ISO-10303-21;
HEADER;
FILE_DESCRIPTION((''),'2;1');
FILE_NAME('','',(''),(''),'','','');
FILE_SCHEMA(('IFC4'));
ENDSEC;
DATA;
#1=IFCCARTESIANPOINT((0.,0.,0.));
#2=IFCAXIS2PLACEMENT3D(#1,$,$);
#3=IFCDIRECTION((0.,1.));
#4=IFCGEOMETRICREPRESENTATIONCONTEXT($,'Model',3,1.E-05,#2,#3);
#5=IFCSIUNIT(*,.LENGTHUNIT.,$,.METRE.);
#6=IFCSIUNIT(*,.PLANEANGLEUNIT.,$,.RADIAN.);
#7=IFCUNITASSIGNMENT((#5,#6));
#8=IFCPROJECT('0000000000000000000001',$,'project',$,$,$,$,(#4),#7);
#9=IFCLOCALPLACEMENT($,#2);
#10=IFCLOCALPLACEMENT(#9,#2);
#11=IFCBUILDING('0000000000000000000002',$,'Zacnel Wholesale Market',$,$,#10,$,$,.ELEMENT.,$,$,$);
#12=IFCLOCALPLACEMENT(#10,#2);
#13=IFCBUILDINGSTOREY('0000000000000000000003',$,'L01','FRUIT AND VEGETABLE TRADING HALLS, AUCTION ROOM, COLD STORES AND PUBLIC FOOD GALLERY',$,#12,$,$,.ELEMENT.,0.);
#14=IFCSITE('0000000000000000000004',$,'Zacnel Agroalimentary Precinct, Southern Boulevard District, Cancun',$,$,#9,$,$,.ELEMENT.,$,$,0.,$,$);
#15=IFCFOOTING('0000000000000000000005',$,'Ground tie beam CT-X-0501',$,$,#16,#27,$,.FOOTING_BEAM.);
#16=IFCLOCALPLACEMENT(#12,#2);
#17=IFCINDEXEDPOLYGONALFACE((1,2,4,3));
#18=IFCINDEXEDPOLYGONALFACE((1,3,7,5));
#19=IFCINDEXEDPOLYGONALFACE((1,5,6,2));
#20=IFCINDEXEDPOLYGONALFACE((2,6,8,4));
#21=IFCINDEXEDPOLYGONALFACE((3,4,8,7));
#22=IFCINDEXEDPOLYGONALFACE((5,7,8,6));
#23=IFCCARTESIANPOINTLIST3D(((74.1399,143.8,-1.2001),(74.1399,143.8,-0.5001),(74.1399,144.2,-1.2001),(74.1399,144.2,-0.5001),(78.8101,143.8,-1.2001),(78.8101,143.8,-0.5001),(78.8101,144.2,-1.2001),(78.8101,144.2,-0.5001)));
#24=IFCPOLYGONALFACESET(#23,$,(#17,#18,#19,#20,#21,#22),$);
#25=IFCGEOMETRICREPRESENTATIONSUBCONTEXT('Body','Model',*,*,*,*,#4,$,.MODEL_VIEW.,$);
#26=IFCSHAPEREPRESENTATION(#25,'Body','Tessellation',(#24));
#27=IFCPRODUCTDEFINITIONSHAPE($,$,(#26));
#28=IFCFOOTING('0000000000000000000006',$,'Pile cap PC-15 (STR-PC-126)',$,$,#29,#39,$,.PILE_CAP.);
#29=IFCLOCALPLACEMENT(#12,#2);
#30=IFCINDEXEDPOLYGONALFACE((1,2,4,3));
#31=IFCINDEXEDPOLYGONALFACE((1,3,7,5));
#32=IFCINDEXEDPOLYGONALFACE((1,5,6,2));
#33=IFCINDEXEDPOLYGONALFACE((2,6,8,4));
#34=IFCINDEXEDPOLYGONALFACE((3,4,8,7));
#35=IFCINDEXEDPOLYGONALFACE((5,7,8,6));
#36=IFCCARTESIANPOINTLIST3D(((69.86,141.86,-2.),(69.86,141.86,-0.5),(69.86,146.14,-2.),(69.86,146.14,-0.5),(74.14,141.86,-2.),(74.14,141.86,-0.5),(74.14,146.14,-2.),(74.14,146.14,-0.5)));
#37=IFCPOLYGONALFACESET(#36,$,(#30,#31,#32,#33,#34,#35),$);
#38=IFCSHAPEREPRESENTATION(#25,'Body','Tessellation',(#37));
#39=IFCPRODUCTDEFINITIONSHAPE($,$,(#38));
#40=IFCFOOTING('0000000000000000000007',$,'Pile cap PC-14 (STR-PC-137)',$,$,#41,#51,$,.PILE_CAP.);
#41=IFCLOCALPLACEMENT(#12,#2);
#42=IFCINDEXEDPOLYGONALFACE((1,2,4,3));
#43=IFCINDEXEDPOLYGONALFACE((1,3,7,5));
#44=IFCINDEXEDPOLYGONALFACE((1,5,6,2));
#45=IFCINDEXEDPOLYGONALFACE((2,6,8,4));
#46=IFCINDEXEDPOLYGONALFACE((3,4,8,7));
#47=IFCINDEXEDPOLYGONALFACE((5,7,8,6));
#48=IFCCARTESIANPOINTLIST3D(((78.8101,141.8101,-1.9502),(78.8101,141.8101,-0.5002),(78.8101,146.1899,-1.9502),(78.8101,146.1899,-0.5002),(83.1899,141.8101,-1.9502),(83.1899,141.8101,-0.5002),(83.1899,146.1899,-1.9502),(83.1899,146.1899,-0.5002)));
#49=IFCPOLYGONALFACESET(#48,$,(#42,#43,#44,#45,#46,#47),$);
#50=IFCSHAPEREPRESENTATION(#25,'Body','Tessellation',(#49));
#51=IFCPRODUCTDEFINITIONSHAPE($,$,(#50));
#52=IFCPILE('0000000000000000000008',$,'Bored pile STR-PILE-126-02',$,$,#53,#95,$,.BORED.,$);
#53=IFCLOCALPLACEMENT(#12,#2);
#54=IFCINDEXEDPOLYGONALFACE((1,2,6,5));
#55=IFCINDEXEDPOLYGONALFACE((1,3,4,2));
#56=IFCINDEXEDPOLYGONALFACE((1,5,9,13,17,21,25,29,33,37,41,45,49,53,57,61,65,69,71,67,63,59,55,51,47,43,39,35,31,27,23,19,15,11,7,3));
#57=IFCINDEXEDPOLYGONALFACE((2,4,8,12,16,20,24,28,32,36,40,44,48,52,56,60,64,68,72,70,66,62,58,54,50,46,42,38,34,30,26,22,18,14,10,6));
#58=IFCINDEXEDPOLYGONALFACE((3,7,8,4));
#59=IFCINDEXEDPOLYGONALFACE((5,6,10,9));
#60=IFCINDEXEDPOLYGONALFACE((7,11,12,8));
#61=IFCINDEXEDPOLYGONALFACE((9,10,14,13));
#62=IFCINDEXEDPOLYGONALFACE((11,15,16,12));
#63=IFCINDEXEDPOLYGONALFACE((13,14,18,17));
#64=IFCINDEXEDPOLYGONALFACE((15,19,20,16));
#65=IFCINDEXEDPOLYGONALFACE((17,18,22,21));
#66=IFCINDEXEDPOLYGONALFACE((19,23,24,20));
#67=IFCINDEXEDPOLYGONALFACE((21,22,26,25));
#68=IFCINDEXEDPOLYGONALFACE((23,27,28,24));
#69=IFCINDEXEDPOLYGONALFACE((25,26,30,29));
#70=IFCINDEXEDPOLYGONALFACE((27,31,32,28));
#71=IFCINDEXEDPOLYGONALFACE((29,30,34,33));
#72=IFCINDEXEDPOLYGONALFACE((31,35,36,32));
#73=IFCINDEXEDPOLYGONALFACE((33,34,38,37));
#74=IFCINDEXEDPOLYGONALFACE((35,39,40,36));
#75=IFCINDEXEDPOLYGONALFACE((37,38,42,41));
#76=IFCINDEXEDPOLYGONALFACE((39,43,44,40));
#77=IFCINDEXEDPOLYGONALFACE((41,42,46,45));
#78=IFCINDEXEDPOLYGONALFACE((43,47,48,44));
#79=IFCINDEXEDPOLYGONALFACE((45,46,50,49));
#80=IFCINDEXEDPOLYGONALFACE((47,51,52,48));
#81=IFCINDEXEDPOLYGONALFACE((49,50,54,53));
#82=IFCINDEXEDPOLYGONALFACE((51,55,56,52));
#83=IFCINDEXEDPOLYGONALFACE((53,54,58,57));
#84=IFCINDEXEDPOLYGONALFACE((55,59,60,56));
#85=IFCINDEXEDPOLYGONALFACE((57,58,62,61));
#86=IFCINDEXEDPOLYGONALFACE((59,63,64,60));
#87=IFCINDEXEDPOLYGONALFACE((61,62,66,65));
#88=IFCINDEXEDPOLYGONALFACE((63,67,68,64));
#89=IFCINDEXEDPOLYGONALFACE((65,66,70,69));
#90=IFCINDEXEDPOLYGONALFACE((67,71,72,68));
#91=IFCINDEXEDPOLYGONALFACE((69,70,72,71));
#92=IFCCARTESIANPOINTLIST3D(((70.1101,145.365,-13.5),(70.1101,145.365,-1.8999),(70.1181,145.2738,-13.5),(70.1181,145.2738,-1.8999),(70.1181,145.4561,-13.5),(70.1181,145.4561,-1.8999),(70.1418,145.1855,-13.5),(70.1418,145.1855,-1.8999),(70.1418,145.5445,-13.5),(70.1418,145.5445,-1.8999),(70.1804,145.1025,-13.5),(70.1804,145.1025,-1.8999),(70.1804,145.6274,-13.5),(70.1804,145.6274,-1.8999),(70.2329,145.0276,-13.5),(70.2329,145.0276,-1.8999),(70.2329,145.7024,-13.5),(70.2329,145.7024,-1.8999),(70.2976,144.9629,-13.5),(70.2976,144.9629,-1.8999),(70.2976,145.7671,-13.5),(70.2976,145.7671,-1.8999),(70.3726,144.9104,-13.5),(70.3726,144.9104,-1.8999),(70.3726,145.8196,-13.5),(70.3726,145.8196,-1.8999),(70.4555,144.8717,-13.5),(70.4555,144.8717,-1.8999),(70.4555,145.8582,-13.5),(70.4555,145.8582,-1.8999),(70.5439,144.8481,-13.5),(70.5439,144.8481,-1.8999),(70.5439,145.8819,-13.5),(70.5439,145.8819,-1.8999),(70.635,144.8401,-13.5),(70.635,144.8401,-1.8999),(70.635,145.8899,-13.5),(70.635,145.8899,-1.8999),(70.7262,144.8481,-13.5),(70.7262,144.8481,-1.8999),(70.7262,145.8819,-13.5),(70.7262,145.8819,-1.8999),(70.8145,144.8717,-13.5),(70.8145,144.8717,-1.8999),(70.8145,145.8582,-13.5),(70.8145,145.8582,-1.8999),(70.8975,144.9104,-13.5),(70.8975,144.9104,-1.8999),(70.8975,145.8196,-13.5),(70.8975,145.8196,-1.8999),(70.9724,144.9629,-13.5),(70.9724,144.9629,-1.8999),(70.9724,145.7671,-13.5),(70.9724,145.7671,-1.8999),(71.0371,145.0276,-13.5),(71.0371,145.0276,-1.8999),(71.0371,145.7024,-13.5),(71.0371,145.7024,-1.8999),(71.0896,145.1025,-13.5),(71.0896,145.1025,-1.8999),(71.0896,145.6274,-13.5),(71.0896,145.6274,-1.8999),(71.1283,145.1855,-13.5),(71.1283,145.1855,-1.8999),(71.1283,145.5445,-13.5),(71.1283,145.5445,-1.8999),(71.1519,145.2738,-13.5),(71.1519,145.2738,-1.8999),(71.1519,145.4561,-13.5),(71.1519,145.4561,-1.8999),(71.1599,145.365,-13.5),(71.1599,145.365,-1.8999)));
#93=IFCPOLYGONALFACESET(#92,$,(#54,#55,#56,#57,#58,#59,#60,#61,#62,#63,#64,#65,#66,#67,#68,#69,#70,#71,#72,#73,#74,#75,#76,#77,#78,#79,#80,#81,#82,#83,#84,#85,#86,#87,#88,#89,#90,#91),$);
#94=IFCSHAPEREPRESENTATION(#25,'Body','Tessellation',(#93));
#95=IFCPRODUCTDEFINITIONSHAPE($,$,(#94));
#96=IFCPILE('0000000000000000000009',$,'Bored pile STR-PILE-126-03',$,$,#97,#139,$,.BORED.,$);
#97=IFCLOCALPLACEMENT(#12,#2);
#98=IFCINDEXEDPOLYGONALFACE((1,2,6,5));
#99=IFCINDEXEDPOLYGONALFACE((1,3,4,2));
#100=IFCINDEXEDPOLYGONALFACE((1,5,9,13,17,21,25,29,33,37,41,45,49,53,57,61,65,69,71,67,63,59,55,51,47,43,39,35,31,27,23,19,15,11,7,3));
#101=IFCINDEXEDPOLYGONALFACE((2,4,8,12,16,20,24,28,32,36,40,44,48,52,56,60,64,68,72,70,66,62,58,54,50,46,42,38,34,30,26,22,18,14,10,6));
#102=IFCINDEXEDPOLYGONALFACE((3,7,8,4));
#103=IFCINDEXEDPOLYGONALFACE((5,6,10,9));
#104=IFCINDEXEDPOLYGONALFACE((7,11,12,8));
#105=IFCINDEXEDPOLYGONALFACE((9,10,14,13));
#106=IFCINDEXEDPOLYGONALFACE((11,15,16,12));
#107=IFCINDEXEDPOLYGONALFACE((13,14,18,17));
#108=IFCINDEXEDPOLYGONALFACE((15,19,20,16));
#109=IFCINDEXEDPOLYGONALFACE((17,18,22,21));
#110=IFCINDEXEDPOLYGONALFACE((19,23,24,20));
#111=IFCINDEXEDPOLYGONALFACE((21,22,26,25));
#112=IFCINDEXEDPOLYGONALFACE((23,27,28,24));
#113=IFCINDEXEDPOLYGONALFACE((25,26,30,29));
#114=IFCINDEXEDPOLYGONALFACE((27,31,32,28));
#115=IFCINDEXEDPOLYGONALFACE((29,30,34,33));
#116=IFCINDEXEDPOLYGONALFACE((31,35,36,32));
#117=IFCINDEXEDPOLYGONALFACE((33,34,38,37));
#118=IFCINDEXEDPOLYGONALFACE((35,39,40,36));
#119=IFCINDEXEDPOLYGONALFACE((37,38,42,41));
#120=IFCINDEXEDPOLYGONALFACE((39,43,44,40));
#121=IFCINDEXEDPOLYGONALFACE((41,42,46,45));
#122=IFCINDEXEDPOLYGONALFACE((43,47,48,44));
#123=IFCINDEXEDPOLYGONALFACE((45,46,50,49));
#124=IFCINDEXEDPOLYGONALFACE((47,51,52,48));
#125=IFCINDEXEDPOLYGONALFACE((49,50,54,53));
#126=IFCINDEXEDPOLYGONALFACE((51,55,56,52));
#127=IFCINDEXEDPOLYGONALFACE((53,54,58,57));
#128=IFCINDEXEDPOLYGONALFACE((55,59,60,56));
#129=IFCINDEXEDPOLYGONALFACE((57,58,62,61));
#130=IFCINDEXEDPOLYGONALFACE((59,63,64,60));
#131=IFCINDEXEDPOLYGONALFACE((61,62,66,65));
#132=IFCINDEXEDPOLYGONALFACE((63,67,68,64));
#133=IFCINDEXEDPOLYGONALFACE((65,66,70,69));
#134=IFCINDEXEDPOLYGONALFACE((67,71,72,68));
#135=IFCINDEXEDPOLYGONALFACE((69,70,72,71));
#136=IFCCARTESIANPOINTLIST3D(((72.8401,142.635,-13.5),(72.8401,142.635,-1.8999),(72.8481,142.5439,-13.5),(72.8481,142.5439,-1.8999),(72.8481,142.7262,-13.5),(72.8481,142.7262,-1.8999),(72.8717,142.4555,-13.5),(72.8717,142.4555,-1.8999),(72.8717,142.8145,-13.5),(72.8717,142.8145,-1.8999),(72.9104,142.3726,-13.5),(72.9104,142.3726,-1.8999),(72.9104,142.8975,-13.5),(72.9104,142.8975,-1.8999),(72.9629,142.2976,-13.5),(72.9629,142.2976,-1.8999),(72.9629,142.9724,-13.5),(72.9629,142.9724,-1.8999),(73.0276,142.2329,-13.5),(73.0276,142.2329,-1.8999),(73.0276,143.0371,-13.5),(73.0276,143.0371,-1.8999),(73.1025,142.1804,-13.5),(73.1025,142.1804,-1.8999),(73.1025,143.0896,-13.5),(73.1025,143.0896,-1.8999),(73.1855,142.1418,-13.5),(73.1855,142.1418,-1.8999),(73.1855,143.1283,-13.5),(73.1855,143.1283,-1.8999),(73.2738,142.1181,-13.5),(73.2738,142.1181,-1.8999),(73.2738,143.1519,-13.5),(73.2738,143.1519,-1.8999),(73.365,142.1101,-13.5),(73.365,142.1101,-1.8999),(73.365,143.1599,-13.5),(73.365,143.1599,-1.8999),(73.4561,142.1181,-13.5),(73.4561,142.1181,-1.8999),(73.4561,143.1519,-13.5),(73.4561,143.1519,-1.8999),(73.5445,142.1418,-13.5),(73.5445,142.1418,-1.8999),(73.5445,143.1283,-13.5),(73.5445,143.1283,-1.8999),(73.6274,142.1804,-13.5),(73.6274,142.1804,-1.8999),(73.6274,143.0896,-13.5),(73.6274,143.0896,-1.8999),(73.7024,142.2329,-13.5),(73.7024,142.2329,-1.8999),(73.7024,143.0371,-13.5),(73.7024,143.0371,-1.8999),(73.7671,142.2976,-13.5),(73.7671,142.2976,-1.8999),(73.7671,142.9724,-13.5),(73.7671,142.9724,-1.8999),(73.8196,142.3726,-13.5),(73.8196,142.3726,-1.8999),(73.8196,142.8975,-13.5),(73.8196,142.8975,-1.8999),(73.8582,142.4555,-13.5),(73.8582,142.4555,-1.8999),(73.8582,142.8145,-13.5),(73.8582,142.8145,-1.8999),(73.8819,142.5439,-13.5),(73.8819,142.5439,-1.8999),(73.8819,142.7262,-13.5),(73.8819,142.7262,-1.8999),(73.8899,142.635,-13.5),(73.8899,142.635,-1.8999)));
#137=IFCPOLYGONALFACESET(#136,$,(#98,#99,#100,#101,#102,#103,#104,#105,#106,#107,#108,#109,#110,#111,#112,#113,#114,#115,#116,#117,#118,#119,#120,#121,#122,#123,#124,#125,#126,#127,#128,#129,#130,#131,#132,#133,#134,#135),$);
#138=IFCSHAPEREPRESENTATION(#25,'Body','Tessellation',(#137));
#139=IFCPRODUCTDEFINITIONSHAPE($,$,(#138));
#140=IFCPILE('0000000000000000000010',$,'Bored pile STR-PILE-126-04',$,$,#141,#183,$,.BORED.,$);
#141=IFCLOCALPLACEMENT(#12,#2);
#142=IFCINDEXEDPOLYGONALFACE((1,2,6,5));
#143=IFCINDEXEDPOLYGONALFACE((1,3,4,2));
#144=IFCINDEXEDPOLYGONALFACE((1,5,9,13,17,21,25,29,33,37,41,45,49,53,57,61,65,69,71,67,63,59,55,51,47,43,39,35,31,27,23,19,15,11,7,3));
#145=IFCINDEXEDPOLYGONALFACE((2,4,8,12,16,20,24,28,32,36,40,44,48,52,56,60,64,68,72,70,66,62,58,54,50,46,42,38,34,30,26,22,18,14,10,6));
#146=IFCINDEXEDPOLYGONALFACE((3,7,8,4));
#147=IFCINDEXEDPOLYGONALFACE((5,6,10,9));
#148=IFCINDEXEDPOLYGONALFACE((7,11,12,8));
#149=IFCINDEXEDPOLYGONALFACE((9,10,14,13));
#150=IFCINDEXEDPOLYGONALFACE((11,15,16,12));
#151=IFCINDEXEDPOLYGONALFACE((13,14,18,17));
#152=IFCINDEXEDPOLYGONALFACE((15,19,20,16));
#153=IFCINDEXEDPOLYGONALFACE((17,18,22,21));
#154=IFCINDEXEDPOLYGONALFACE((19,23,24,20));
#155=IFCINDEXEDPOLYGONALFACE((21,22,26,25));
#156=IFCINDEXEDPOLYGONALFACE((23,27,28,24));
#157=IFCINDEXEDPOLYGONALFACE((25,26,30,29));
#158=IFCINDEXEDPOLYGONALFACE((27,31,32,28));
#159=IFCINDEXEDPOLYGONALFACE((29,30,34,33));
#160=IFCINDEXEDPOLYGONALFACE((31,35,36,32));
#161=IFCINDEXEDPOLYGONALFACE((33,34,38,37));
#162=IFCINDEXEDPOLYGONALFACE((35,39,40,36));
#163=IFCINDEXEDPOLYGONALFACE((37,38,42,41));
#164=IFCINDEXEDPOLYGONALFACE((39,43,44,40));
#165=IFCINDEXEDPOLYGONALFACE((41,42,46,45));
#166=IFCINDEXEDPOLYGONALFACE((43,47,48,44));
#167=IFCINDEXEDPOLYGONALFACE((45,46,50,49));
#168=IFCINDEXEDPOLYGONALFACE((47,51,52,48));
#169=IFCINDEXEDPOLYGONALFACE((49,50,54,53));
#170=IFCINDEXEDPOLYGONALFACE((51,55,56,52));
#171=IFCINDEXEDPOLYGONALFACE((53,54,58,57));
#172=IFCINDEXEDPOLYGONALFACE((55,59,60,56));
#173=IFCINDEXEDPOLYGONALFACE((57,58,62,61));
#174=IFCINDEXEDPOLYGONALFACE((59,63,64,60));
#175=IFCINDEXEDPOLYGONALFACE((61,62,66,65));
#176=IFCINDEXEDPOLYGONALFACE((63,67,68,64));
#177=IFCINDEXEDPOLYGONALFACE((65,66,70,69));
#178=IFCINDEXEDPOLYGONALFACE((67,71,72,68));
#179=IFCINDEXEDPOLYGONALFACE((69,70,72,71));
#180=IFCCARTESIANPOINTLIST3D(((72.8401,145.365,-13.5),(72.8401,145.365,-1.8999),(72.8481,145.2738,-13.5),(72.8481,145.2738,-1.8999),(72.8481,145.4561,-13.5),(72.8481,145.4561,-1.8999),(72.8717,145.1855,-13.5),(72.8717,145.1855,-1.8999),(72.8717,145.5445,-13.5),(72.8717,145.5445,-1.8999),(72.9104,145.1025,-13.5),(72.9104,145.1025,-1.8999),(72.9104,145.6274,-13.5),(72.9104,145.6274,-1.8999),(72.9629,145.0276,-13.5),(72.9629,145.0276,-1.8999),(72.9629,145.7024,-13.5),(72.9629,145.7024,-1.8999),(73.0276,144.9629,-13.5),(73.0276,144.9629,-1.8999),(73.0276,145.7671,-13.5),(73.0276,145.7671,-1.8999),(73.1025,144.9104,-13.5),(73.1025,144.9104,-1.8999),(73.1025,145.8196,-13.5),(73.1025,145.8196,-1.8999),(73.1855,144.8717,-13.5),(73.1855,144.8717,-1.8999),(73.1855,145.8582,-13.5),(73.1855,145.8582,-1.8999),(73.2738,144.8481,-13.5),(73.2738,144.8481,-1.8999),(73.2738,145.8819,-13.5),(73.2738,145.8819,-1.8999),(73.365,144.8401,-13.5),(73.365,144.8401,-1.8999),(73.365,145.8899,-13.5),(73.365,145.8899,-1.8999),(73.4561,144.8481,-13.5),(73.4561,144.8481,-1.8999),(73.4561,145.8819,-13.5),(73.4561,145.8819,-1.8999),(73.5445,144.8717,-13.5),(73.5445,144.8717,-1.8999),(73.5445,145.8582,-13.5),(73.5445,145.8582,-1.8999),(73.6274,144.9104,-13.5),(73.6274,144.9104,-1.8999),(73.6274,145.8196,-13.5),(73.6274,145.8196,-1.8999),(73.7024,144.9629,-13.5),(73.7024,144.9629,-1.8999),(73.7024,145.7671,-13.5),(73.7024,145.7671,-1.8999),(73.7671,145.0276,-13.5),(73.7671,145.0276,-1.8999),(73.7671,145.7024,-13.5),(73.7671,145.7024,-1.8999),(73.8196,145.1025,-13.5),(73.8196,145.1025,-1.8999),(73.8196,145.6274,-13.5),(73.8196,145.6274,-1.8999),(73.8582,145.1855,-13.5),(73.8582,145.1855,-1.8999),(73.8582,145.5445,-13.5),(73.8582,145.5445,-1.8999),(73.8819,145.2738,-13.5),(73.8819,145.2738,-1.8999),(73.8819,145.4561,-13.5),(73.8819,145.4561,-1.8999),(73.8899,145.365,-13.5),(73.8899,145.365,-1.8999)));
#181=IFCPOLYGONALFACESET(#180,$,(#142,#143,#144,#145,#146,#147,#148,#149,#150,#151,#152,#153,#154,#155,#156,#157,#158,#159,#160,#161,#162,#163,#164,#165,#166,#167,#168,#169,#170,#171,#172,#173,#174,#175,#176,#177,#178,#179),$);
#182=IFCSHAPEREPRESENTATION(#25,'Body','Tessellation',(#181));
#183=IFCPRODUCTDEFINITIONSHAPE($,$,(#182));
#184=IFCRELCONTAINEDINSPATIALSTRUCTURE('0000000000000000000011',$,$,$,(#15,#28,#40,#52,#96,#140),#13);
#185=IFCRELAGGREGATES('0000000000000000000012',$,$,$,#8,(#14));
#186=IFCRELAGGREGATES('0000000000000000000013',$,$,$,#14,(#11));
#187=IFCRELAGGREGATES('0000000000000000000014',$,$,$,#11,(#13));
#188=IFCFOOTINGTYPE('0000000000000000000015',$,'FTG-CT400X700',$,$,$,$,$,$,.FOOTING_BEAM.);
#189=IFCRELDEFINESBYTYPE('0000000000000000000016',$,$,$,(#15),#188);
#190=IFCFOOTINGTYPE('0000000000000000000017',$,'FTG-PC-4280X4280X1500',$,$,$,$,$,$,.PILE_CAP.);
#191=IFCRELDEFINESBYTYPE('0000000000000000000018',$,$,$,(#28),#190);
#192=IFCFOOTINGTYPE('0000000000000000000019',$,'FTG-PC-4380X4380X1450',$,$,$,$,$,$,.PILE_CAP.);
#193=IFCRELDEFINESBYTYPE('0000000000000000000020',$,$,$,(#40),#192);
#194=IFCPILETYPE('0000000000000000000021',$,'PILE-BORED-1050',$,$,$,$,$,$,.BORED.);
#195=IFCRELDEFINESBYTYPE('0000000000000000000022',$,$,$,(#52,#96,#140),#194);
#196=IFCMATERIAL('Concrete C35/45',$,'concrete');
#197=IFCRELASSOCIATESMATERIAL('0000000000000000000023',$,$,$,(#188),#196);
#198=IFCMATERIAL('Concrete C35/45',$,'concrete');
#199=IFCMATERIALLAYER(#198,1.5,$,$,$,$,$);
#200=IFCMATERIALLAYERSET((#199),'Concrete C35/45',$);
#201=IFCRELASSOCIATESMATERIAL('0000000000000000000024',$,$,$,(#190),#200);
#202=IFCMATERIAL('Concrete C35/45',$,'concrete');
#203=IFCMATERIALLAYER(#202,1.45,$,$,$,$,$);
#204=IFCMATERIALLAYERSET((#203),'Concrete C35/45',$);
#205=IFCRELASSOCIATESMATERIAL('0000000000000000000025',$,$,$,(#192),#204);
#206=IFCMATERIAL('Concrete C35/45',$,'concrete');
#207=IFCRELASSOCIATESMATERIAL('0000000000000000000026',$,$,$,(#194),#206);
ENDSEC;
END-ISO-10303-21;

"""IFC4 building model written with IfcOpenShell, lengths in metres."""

from ifc_helpers import new_model, si_unit, direction, frame, origin, origin_2d, place, context, subcontext, project, spatial, rectangle, circle, extrude, material, layer, layer_set, material_profile, profile_set, type_object, element, save


model = new_model("IFC4")

# Units and contexts
model_context = context("Model", 3, precision=1e-05, world=origin(), true_north=direction((0.0, 1.0)))
body_context = subcontext(model_context, "Body", "Model", "MODEL_VIEW")
ifc_project = project(units=[si_unit("LENGTHUNIT", "METRE"), si_unit("PLANEANGLEUNIT", "RADIAN")], contexts=[model_context])

# Site, building, storey
site_placement = place(None, origin())
site = spatial("IfcSite", under=ifc_project, at=site_placement, Name="Zacnel Agroalimentary Precinct, Southern Boulevard District, Cancun", CompositionType="ELEMENT", RefElevation=0.0)
building_placement = place(site_placement, origin())
building = spatial("IfcBuilding", under=site, at=building_placement, Name="Zacnel Wholesale Market", CompositionType="ELEMENT")
storey_placement = place(building_placement, origin())
storey = spatial("IfcBuildingStorey", under=building, at=storey_placement, Name="L01", Description="FRUIT AND VEGETABLE TRADING HALLS, AUCTION ROOM, COLD STORES AND PUBLIC FOOD GALLERY", CompositionType="ELEMENT", Elevation=0.0)

# Footings
ifc_material_1 = material(Name="Concrete C35/45", Category="concrete")
ifc_material_profile_1 = material_profile(ifc_material_1, rectangle(XDim=0.3999, YDim=0.7, at=origin_2d()), Name="CT 400x700")
ifc_profile_set_1 = profile_set([ifc_material_profile_1], Name="Concrete C35/45")
footing_type_1 = type_object("IfcFootingType", Name="FTG-CT400X700", PredefinedType="FOOTING_BEAM", material=ifc_profile_set_1)
footing_1_placement = place(storey_placement, frame((74.1399, 144.0, -0.8501), z_axis=(1.0, 0.0, 0.0), x_axis=(0.0, 1.0, 0.0)))
element("IfcFooting", 1, at=footing_1_placement, inside=storey, type_object=footing_type_1, Name="Ground tie beam CT-X-0501", PredefinedType="FOOTING_BEAM", context=body_context, shape_type="SweptSolid", body=[
    extrude(rectangle(XDim=0.3999, YDim=0.7, at=origin_2d()), origin(), (0.0, 0.0, 1.0), 4.6702),
])
ifc_material_2 = material(Name="Concrete C35/45", Category="concrete")
ifc_layer_1 = layer(ifc_material_2, 1.5)
ifc_layer_set_1 = layer_set([ifc_layer_1], Name="Concrete C35/45")
footing_type_2 = type_object("IfcFootingType", Name="FTG-PC-4280X4280X1500", PredefinedType="PILE_CAP", material=ifc_layer_set_1)
footing_2_placement = place(storey_placement, frame((72.0, 144.0, -2.0), z_axis=(0.0, 0.0, 1.0), x_axis=(1.0, 0.0, 0.0)))
element("IfcFooting", 2, at=footing_2_placement, inside=storey, type_object=footing_type_2, Name="Pile cap PC-15 (STR-PC-126)", PredefinedType="PILE_CAP", context=body_context, shape_type="SweptSolid", body=[
    extrude(rectangle(XDim=4.28, YDim=4.28, at=origin_2d()), origin(), (0.0, 0.0, 1.0), 1.5),
])
ifc_material_3 = material(Name="Concrete C35/45", Category="concrete")
ifc_layer_2 = layer(ifc_material_3, 1.45)
ifc_layer_set_2 = layer_set([ifc_layer_2], Name="Concrete C35/45")
footing_type_3 = type_object("IfcFootingType", Name="FTG-PC-4380X4380X1450", PredefinedType="PILE_CAP", material=ifc_layer_set_2)
footing_3_placement = place(storey_placement, frame((81.0, 144.0, -1.9502), z_axis=(0.0, 0.0, 1.0), x_axis=(1.0, 0.0, 0.0)))
element("IfcFooting", 3, at=footing_3_placement, inside=storey, type_object=footing_type_3, Name="Pile cap PC-14 (STR-PC-137)", PredefinedType="PILE_CAP", context=body_context, shape_type="SweptSolid", body=[
    extrude(rectangle(XDim=4.3799, YDim=4.3799, at=origin_2d()), origin(), (0.0, 0.0, 1.0), 1.45),
])

# Piles
ifc_material_4 = material(Name="Concrete C35/45", Category="concrete")
ifc_material_profile_2 = material_profile(ifc_material_4, circle(Radius=0.5249, at=origin_2d()), Name="BORED PILE D1050")
ifc_profile_set_2 = profile_set([ifc_material_profile_2], Name="Concrete C35/45")
pile_type = type_object("IfcPileType", Name="PILE-BORED-1050", PredefinedType="BORED", material=ifc_profile_set_2)
for number, where, z_axis, x_axis, name in (
    (4, (70.635, 145.365, -1.8999), (0.0, 0.0, -1.0), (1.0, 0.0, 0.0), "Bored pile STR-PILE-126-02"),
    (5, (73.365, 142.635, -1.8999), (0.0, 0.0, -1.0), (1.0, 0.0, 0.0), "Bored pile STR-PILE-126-03"),
    (6, (73.365, 145.365, -1.8999), (0.0, 0.0, -1.0), (1.0, 0.0, 0.0), "Bored pile STR-PILE-126-04"),
):
    element("IfcPile", number, at=place(storey_placement, frame(where, z_axis=z_axis, x_axis=x_axis)), inside=storey, type_object=pile_type, Name=name, PredefinedType="BORED", context=body_context, shape_type="SweptSolid", body=[
        extrude(circle(Radius=0.5249, at=origin_2d()), origin(), (0.0, 0.0, 1.0), 11.6001),
    ])

save(model, "model.ifc")
